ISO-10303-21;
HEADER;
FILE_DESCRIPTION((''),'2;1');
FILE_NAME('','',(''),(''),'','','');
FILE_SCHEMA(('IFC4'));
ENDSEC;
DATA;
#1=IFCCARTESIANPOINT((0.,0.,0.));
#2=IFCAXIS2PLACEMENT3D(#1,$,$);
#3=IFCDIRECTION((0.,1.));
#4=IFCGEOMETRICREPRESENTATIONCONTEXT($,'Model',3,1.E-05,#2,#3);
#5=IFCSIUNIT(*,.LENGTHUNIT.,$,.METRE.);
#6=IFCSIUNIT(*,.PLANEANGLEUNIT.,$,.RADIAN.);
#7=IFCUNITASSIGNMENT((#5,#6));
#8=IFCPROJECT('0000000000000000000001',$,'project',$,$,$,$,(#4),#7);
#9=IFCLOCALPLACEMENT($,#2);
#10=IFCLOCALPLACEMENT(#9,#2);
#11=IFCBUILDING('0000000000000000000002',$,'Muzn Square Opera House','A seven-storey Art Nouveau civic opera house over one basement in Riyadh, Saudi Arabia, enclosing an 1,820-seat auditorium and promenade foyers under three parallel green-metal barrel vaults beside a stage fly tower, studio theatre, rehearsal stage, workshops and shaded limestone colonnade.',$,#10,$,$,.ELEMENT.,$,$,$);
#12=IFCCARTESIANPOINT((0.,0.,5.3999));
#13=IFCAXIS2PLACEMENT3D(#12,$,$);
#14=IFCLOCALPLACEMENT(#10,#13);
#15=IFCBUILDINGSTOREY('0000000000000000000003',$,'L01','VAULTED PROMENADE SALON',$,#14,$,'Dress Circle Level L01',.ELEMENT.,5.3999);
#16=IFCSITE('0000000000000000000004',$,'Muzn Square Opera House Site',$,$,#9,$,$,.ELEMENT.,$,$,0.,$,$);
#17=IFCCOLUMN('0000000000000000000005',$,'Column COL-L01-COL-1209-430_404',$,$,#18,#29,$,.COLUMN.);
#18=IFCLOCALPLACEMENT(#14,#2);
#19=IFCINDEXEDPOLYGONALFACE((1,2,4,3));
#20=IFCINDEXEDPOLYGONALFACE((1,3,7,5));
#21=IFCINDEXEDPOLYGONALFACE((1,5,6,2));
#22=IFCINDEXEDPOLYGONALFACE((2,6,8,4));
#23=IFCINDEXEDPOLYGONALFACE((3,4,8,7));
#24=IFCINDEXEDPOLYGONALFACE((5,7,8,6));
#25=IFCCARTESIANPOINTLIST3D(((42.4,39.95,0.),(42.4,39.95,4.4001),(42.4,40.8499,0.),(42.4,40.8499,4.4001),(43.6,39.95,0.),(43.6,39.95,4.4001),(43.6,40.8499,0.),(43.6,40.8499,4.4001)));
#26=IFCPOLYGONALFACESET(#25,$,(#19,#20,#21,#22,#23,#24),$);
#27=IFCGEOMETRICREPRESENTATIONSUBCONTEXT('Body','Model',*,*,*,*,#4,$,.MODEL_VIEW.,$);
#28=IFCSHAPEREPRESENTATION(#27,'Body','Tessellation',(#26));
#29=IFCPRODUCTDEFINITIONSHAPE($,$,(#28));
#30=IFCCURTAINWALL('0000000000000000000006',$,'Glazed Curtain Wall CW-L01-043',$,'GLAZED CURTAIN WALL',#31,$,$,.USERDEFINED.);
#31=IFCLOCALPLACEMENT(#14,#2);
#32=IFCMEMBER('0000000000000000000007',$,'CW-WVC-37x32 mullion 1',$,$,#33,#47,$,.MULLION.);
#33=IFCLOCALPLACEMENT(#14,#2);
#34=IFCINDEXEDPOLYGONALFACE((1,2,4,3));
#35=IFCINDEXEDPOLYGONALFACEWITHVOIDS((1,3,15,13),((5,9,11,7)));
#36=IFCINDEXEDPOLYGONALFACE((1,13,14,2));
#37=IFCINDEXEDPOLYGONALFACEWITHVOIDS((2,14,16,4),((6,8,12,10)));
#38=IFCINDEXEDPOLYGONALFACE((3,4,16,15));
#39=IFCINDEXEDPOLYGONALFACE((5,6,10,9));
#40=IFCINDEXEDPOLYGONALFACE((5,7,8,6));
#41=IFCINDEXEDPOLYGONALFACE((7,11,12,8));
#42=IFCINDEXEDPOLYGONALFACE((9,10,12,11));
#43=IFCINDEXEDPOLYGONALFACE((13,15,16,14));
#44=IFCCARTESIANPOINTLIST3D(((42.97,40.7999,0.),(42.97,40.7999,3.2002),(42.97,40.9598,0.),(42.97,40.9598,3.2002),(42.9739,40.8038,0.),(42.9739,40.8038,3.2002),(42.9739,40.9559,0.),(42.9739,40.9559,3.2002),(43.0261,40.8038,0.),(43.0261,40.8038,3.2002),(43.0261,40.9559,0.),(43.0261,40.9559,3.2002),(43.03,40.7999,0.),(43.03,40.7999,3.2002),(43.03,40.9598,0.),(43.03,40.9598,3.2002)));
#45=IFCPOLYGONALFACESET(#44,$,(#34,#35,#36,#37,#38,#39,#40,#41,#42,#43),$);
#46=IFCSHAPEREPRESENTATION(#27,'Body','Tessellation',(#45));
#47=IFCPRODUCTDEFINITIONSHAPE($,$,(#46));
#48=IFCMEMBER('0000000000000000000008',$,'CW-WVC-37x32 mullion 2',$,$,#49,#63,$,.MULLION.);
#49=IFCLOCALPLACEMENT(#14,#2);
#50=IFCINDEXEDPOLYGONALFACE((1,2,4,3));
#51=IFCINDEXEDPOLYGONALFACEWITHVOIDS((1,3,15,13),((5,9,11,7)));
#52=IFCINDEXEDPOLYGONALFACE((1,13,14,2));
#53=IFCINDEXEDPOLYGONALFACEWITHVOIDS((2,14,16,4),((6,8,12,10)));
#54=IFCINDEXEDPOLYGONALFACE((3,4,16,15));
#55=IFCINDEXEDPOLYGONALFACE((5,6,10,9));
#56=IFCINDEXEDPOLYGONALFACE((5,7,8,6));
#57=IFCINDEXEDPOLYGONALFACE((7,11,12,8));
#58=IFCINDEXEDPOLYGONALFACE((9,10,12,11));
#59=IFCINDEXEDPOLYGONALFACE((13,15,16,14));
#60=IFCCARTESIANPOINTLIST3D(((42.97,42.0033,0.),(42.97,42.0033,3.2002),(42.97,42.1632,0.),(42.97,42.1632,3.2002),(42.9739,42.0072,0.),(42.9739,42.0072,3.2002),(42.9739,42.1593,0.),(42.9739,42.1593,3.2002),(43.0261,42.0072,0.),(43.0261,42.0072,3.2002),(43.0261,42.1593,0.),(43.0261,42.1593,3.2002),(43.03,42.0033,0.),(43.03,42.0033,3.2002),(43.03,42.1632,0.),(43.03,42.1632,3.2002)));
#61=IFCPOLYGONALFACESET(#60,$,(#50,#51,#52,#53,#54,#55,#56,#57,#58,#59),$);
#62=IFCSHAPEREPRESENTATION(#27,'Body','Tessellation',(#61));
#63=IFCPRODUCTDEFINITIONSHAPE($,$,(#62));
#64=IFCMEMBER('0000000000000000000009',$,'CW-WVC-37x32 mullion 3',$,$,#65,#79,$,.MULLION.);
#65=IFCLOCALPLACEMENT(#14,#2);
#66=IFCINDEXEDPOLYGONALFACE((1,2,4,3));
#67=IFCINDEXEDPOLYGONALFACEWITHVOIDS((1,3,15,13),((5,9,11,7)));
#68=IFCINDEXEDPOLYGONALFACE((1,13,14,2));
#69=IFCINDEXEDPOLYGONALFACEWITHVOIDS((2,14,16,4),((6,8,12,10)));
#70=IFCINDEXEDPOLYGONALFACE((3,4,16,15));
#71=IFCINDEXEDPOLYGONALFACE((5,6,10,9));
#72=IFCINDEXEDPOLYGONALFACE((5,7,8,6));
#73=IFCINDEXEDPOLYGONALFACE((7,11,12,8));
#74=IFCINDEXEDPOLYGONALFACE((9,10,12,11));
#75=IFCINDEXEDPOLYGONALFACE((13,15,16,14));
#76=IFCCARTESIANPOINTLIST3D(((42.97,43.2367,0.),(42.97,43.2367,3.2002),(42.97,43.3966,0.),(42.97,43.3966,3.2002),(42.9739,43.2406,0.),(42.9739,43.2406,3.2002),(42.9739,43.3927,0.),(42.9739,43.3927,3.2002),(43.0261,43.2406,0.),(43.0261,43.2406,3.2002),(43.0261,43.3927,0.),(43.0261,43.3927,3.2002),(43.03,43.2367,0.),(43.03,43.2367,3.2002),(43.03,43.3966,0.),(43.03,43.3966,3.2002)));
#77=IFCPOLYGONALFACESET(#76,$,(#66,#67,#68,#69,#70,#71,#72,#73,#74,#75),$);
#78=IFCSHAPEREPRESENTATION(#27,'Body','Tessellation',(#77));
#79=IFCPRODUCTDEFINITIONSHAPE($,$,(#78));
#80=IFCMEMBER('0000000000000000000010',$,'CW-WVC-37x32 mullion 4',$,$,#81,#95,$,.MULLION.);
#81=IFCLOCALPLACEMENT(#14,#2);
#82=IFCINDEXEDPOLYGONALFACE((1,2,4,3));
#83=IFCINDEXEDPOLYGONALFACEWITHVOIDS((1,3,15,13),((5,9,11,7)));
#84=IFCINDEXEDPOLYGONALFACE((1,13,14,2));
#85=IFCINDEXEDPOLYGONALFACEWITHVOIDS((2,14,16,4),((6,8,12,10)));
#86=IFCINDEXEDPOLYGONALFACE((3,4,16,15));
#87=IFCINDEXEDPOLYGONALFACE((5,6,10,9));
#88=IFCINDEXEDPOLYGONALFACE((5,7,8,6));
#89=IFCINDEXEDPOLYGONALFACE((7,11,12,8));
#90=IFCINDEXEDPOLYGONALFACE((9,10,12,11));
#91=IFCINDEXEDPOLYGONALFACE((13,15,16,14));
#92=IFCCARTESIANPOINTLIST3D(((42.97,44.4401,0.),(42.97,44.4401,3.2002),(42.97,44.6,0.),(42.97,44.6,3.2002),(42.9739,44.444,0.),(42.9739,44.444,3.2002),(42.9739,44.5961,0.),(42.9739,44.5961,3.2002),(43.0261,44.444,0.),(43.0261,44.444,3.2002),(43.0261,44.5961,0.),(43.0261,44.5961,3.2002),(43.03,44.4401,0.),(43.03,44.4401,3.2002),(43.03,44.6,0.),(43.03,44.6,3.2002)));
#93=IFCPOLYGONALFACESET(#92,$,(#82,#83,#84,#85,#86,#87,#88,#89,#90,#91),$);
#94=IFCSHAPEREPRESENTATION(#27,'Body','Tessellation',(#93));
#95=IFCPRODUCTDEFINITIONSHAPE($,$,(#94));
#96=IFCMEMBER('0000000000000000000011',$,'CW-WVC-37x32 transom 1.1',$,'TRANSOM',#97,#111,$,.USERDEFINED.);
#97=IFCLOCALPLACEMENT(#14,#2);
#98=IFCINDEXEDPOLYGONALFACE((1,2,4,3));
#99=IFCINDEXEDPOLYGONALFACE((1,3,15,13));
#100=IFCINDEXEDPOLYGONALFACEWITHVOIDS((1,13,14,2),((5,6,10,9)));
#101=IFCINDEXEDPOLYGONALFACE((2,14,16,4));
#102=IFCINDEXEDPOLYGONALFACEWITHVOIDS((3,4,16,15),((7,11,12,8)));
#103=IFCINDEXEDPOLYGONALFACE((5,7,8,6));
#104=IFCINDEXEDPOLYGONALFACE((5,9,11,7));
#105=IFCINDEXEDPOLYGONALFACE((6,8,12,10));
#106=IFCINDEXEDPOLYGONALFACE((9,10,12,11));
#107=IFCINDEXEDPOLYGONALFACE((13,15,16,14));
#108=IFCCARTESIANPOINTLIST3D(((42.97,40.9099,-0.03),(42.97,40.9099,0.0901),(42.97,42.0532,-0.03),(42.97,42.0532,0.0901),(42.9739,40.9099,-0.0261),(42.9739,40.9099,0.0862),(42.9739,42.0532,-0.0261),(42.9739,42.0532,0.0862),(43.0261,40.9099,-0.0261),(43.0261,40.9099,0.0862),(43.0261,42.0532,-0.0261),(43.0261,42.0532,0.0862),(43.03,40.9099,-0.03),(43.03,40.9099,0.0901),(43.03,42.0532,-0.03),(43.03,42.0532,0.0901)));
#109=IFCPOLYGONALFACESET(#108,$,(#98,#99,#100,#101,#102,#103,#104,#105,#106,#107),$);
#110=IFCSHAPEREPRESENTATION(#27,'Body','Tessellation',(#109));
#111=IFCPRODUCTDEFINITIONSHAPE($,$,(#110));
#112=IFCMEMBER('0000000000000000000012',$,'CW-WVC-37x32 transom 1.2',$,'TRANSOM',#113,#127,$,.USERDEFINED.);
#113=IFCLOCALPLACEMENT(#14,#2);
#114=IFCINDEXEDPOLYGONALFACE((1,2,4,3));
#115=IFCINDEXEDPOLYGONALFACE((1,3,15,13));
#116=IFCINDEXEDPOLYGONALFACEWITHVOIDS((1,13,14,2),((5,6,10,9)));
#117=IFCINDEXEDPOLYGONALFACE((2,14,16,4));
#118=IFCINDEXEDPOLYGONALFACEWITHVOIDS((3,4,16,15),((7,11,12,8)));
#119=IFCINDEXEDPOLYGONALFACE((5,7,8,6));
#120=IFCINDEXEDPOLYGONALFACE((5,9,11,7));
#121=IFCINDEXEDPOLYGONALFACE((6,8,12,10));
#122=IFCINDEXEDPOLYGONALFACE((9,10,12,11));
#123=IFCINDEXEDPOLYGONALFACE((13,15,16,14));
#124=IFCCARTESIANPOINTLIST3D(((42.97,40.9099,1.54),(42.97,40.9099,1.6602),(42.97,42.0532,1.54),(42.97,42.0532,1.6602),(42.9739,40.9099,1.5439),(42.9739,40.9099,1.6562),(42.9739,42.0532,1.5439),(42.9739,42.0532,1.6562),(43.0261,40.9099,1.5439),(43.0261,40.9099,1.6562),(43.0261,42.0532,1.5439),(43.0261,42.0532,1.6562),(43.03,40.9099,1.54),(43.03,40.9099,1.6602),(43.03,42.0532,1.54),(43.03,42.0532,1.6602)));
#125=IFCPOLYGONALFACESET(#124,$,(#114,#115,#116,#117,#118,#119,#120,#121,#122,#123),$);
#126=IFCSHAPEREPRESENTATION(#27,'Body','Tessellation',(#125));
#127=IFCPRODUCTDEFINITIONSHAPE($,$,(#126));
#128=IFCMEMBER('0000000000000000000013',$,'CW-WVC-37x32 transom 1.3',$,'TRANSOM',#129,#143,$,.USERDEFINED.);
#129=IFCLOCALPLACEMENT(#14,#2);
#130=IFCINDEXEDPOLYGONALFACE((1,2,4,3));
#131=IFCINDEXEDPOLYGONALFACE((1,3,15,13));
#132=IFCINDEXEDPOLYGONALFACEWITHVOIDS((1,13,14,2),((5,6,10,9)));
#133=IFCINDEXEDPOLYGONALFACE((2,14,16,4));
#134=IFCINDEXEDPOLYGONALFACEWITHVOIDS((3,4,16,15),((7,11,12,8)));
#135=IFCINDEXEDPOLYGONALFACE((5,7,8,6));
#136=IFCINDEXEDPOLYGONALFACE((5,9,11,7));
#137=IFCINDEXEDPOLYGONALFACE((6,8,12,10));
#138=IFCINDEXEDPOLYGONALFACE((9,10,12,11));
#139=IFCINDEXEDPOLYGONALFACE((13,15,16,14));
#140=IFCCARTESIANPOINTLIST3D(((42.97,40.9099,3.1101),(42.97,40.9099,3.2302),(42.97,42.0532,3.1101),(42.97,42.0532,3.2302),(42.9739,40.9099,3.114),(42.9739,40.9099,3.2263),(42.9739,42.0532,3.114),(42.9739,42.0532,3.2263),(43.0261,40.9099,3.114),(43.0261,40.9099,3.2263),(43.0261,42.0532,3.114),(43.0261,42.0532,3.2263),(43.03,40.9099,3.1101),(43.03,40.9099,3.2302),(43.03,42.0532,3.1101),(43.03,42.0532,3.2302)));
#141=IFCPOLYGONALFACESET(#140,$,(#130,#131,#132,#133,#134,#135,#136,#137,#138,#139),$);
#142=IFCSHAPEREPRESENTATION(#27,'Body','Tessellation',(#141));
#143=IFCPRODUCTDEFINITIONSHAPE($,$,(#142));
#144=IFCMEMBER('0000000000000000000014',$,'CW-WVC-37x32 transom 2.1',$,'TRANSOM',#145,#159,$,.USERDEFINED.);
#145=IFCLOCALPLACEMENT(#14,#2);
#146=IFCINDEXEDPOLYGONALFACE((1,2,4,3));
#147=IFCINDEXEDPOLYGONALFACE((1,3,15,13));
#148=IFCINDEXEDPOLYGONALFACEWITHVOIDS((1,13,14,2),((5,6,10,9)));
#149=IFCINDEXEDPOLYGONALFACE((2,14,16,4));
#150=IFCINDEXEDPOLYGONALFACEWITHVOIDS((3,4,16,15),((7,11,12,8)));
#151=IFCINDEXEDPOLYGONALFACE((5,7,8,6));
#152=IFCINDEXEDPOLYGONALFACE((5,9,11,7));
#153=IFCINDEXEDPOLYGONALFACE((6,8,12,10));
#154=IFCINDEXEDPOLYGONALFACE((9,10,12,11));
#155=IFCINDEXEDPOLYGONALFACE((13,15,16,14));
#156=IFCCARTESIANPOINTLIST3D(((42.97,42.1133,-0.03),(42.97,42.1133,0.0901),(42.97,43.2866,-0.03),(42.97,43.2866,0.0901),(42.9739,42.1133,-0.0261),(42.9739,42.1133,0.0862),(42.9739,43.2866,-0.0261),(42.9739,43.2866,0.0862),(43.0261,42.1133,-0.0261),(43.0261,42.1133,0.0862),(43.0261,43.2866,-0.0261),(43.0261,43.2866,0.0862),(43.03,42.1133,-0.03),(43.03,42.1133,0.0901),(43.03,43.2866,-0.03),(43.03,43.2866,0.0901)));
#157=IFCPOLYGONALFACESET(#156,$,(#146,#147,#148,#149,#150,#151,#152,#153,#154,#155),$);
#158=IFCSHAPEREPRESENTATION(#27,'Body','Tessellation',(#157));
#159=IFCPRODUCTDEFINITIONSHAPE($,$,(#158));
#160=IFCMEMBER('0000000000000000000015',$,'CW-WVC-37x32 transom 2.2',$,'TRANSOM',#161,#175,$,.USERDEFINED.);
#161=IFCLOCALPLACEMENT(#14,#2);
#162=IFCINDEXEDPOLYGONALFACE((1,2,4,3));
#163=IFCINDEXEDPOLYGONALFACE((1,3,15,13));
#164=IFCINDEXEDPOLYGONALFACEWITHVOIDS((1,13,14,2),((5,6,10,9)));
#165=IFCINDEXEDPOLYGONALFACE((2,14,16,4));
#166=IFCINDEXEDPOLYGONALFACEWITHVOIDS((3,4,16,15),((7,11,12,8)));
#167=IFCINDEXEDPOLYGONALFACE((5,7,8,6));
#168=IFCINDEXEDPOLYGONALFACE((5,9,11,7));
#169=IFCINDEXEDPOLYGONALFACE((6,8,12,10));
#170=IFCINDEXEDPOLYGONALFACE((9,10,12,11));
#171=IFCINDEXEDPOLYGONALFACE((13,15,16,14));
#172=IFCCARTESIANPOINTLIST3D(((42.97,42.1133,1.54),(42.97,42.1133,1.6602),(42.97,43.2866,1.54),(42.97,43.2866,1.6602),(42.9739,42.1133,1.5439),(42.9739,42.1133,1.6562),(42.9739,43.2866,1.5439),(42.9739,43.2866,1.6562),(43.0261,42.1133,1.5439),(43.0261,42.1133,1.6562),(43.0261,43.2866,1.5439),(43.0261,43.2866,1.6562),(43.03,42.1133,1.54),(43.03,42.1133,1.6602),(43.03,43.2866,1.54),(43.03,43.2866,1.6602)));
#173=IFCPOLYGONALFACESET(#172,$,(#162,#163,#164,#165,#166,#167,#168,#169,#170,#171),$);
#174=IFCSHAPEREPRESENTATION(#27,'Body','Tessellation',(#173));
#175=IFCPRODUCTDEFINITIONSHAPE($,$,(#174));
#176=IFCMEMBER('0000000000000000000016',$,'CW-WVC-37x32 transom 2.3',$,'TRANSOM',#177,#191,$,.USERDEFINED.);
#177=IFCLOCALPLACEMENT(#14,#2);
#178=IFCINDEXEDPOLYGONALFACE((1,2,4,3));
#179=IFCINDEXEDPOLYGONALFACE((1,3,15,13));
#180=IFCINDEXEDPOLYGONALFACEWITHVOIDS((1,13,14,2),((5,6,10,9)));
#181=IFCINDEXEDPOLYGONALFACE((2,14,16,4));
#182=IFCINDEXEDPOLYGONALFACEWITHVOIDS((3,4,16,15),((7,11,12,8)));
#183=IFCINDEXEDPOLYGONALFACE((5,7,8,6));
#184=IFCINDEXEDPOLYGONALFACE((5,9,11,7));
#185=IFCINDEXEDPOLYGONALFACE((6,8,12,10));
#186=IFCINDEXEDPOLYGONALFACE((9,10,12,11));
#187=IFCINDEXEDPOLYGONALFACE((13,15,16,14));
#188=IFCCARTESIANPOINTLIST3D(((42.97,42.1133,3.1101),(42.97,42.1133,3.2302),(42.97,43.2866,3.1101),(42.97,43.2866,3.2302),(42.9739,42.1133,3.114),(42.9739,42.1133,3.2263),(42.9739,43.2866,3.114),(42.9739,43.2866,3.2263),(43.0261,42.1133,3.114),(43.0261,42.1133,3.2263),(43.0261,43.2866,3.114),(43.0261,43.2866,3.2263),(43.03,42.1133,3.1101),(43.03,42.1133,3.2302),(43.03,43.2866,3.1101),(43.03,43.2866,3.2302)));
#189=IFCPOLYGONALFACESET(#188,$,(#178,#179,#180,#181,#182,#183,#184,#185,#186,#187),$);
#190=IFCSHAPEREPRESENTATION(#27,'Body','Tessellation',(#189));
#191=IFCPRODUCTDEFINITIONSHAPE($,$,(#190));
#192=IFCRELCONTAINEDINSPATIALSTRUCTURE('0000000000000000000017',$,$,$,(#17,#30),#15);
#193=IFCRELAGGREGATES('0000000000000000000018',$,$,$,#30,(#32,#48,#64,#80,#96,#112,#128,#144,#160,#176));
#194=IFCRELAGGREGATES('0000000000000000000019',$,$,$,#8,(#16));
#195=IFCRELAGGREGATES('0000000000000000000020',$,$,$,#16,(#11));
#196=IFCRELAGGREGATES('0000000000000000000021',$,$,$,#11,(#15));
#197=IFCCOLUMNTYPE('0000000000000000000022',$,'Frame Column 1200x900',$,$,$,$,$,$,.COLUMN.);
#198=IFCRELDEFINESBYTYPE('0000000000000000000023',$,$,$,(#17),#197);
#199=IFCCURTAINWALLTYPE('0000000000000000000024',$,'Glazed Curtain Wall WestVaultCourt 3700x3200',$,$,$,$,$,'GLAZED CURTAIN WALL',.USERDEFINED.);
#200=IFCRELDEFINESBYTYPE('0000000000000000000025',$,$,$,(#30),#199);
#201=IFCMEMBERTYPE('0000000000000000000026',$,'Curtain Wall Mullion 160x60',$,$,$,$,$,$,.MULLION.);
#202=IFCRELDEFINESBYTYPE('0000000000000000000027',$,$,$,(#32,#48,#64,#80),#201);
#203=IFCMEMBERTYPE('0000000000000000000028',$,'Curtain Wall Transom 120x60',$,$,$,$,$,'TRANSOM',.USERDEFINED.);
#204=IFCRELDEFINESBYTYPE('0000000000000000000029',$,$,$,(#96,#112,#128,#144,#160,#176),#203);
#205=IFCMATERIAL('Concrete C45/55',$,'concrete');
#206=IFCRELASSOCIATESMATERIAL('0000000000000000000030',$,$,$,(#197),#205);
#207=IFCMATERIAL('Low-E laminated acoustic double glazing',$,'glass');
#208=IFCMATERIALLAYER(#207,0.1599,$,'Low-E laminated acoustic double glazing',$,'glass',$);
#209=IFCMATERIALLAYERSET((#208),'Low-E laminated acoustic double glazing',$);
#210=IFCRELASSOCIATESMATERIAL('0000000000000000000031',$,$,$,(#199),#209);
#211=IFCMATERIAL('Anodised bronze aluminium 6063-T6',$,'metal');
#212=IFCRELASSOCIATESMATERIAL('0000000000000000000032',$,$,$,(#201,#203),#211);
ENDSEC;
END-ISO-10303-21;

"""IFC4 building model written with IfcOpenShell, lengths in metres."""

from ifc_helpers import new_model, si_unit, direction, frame, origin, origin_2d, place, context, subcontext, project, spatial, rectangle, hollow_rectangle, extrude, material, layer, layer_set, material_profile, profile_set, type_object, element, aggregate, save


model = new_model("IFC4")

# Units and contexts
model_context = context("Model", 3, precision=1e-05, world=origin(), true_north=direction((0.0, 1.0)))
body_context = subcontext(model_context, "Body", "Model", "MODEL_VIEW")
ifc_project = project(units=[si_unit("LENGTHUNIT", "METRE"), si_unit("PLANEANGLEUNIT", "RADIAN")], contexts=[model_context])

# Site, building, storey
site_placement = place(None, origin())
site = spatial("IfcSite", under=ifc_project, at=site_placement, Name="Muzn Square Opera House Site", CompositionType="ELEMENT", RefElevation=0.0)
building_placement = place(site_placement, origin())
building = spatial("IfcBuilding", under=site, at=building_placement, Name="Muzn Square Opera House", Description="A seven-storey Art Nouveau civic opera house over one basement in Riyadh, Saudi Arabia, enclosing an 1,820-seat auditorium and promenade foyers under three parallel green-metal barrel vaults beside a stage fly tower, studio theatre, rehearsal stage, workshops and shaded limestone colonnade.", CompositionType="ELEMENT")
storey_placement = place(building_placement, frame((0.0, 0.0, 5.3999)))
storey = spatial("IfcBuildingStorey", under=building, at=storey_placement, Name="L01", Description="VAULTED PROMENADE SALON", LongName="Dress Circle Level L01", CompositionType="ELEMENT", Elevation=5.3999)

# Column
ifc_material_1 = material(Name="Concrete C45/55", Category="concrete")
ifc_material_profile_1 = material_profile(ifc_material_1, rectangle(XDim=1.2, YDim=0.8999, at=origin_2d()), Name="RC 1200x900", Category="concrete")
ifc_profile_set_1 = profile_set([ifc_material_profile_1], Name="Concrete C45/55")
column_type = type_object("IfcColumnType", Name="Frame Column 1200x900", PredefinedType="COLUMN", material=ifc_profile_set_1)
column_placement = place(storey_placement, frame((43.0, 40.3999, 0.0), z_axis=(0.0, 0.0, 1.0), x_axis=(1.0, 0.0, 0.0)))
element("IfcColumn", 1, at=column_placement, inside=storey, type_object=column_type, Name="Column COL-L01-COL-1209-430_404", PredefinedType="COLUMN", context=body_context, shape_type="SweptSolid", body=[
    extrude(rectangle(XDim=1.2, YDim=0.8999, at=origin_2d()), origin(), (0.0, 0.0, 1.0), 4.4001),
])

# Curtain wall, members
ifc_material_2 = material(Name="Low-E laminated acoustic double glazing", Category="glass")
ifc_layer_1 = layer(ifc_material_2, 0.1599, Name="Low-E laminated acoustic double glazing", Category="glass")
ifc_layer_set_1 = layer_set([ifc_layer_1], Name="Low-E laminated acoustic double glazing")
curtain_wall_type = type_object("IfcCurtainWallType", Name="Glazed Curtain Wall WestVaultCourt 3700x3200", ElementType="GLAZED CURTAIN WALL", PredefinedType="USERDEFINED", material=ifc_layer_set_1)
curtain_wall_placement = place(storey_placement, origin())
curtain_wall = element("IfcCurtainWall", 2, at=curtain_wall_placement, inside=storey, type_object=curtain_wall_type, Name="Glazed Curtain Wall CW-L01-043", ObjectType="GLAZED CURTAIN WALL", PredefinedType="USERDEFINED")
ifc_material_3 = material(Name="Anodised bronze aluminium 6063-T6", Category="metal")
ifc_material_profile_2 = material_profile(ifc_material_3, hollow_rectangle(XDim=0.0601, YDim=0.1599, WallThickness=0.0039, at=origin_2d()), Name="ALU 160x60x4", Category="metal")
ifc_profile_set_2 = profile_set([ifc_material_profile_2], Name="Anodised bronze aluminium 6063-T6")
member_type_1 = type_object("IfcMemberType", Name="Curtain Wall Mullion 160x60", PredefinedType="MULLION", material=ifc_profile_set_2)
member_1_placement = place(storey_placement, frame((43.0, 40.8799, 0.0), z_axis=(0.0, 0.0, 1.0), x_axis=(-1.0, 0.0, 0.0)))
member_1 = element("IfcMember", 3, at=member_1_placement, type_object=member_type_1, Name="CW-WVC-37x32 mullion 1", PredefinedType="MULLION", context=body_context, shape_type="SweptSolid", body=[
    extrude(hollow_rectangle(XDim=0.0601, YDim=0.1599, WallThickness=0.0039, at=origin_2d()), origin(), (0.0, 0.0, 1.0), 3.2002),
])
member_2_placement = place(storey_placement, frame((43.0, 42.0833, 0.0), z_axis=(0.0, 0.0, 1.0), x_axis=(-1.0, 0.0, 0.0)))
member_2 = element("IfcMember", 4, at=member_2_placement, type_object=member_type_1, Name="CW-WVC-37x32 mullion 2", PredefinedType="MULLION", context=body_context, shape_type="SweptSolid", body=[
    extrude(hollow_rectangle(XDim=0.0601, YDim=0.1599, WallThickness=0.0039, at=origin_2d()), origin(), (0.0, 0.0, 1.0), 3.2002),
])
member_3_placement = place(storey_placement, frame((43.0, 43.3167, 0.0), z_axis=(0.0, 0.0, 1.0), x_axis=(-1.0, 0.0, 0.0)))
member_3 = element("IfcMember", 5, at=member_3_placement, type_object=member_type_1, Name="CW-WVC-37x32 mullion 3", PredefinedType="MULLION", context=body_context, shape_type="SweptSolid", body=[
    extrude(hollow_rectangle(XDim=0.0601, YDim=0.1599, WallThickness=0.0039, at=origin_2d()), origin(), (0.0, 0.0, 1.0), 3.2002),
])
member_4_placement = place(storey_placement, frame((43.0, 44.52, 0.0), z_axis=(0.0, 0.0, 1.0), x_axis=(-1.0, 0.0, 0.0)))
member_4 = element("IfcMember", 6, at=member_4_placement, type_object=member_type_1, Name="CW-WVC-37x32 mullion 4", PredefinedType="MULLION", context=body_context, shape_type="SweptSolid", body=[
    extrude(hollow_rectangle(XDim=0.0601, YDim=0.1599, WallThickness=0.0039, at=origin_2d()), origin(), (0.0, 0.0, 1.0), 3.2002),
])
ifc_material_profile_3 = material_profile(ifc_material_3, hollow_rectangle(XDim=0.0601, YDim=0.1201, WallThickness=0.0039, at=origin_2d()), Name="ALU 120x60x4", Category="metal")
ifc_profile_set_3 = profile_set([ifc_material_profile_3], Name="Anodised bronze aluminium 6063-T6")
member_type_2 = type_object("IfcMemberType", Name="Curtain Wall Transom 120x60", ElementType="TRANSOM", PredefinedType="USERDEFINED", material=ifc_profile_set_3)
member_5_placement = place(storey_placement, frame((43.0, 40.9099, 0.03), z_axis=(0.0, 1.0, 0.0), x_axis=(-1.0, 0.0, 0.0)))
member_5 = element("IfcMember", 7, at=member_5_placement, type_object=member_type_2, Name="CW-WVC-37x32 transom 1.1", ObjectType="TRANSOM", PredefinedType="USERDEFINED", context=body_context, shape_type="SweptSolid", body=[
    extrude(hollow_rectangle(XDim=0.0601, YDim=0.1201, WallThickness=0.0039, at=origin_2d()), origin(), (0.0, 0.0, 1.0), 1.1433),
])
member_6_placement = place(storey_placement, frame((43.0, 40.9099, 1.6001), z_axis=(0.0, 1.0, 0.0), x_axis=(-1.0, 0.0, 0.0)))
member_6 = element("IfcMember", 8, at=member_6_placement, type_object=member_type_2, Name="CW-WVC-37x32 transom 1.2", ObjectType="TRANSOM", PredefinedType="USERDEFINED", context=body_context, shape_type="SweptSolid", body=[
    extrude(hollow_rectangle(XDim=0.0601, YDim=0.1201, WallThickness=0.0039, at=origin_2d()), origin(), (0.0, 0.0, 1.0), 1.1433),
])
member_7_placement = place(storey_placement, frame((43.0, 40.9099, 3.1702), z_axis=(0.0, 1.0, 0.0), x_axis=(-1.0, 0.0, 0.0)))
member_7 = element("IfcMember", 9, at=member_7_placement, type_object=member_type_2, Name="CW-WVC-37x32 transom 1.3", ObjectType="TRANSOM", PredefinedType="USERDEFINED", context=body_context, shape_type="SweptSolid", body=[
    extrude(hollow_rectangle(XDim=0.0601, YDim=0.1201, WallThickness=0.0039, at=origin_2d()), origin(), (0.0, 0.0, 1.0), 1.1433),
])
member_8_placement = place(storey_placement, frame((43.0, 42.1133, 0.03), z_axis=(0.0, 1.0, 0.0), x_axis=(-1.0, 0.0, 0.0)))
member_8 = element("IfcMember", 10, at=member_8_placement, type_object=member_type_2, Name="CW-WVC-37x32 transom 2.1", ObjectType="TRANSOM", PredefinedType="USERDEFINED", context=body_context, shape_type="SweptSolid", body=[
    extrude(hollow_rectangle(XDim=0.0601, YDim=0.1201, WallThickness=0.0039, at=origin_2d()), origin(), (0.0, 0.0, 1.0), 1.1733),
])
member_9_placement = place(storey_placement, frame((43.0, 42.1133, 1.6001), z_axis=(0.0, 1.0, 0.0), x_axis=(-1.0, 0.0, 0.0)))
member_9 = element("IfcMember", 11, at=member_9_placement, type_object=member_type_2, Name="CW-WVC-37x32 transom 2.2", ObjectType="TRANSOM", PredefinedType="USERDEFINED", context=body_context, shape_type="SweptSolid", body=[
    extrude(hollow_rectangle(XDim=0.0601, YDim=0.1201, WallThickness=0.0039, at=origin_2d()), origin(), (0.0, 0.0, 1.0), 1.1733),
])
member_10_placement = place(storey_placement, frame((43.0, 42.1133, 3.1702), z_axis=(0.0, 1.0, 0.0), x_axis=(-1.0, 0.0, 0.0)))
member_10 = element("IfcMember", 12, at=member_10_placement, type_object=member_type_2, Name="CW-WVC-37x32 transom 2.3", ObjectType="TRANSOM", PredefinedType="USERDEFINED", context=body_context, shape_type="SweptSolid", body=[
    extrude(hollow_rectangle(XDim=0.0601, YDim=0.1201, WallThickness=0.0039, at=origin_2d()), origin(), (0.0, 0.0, 1.0), 1.1733),
])

aggregate(curtain_wall, [member_1, member_2, member_3, member_4, member_5, member_6, member_7, member_8, member_9, member_10])

save(model, "model.ifc")
